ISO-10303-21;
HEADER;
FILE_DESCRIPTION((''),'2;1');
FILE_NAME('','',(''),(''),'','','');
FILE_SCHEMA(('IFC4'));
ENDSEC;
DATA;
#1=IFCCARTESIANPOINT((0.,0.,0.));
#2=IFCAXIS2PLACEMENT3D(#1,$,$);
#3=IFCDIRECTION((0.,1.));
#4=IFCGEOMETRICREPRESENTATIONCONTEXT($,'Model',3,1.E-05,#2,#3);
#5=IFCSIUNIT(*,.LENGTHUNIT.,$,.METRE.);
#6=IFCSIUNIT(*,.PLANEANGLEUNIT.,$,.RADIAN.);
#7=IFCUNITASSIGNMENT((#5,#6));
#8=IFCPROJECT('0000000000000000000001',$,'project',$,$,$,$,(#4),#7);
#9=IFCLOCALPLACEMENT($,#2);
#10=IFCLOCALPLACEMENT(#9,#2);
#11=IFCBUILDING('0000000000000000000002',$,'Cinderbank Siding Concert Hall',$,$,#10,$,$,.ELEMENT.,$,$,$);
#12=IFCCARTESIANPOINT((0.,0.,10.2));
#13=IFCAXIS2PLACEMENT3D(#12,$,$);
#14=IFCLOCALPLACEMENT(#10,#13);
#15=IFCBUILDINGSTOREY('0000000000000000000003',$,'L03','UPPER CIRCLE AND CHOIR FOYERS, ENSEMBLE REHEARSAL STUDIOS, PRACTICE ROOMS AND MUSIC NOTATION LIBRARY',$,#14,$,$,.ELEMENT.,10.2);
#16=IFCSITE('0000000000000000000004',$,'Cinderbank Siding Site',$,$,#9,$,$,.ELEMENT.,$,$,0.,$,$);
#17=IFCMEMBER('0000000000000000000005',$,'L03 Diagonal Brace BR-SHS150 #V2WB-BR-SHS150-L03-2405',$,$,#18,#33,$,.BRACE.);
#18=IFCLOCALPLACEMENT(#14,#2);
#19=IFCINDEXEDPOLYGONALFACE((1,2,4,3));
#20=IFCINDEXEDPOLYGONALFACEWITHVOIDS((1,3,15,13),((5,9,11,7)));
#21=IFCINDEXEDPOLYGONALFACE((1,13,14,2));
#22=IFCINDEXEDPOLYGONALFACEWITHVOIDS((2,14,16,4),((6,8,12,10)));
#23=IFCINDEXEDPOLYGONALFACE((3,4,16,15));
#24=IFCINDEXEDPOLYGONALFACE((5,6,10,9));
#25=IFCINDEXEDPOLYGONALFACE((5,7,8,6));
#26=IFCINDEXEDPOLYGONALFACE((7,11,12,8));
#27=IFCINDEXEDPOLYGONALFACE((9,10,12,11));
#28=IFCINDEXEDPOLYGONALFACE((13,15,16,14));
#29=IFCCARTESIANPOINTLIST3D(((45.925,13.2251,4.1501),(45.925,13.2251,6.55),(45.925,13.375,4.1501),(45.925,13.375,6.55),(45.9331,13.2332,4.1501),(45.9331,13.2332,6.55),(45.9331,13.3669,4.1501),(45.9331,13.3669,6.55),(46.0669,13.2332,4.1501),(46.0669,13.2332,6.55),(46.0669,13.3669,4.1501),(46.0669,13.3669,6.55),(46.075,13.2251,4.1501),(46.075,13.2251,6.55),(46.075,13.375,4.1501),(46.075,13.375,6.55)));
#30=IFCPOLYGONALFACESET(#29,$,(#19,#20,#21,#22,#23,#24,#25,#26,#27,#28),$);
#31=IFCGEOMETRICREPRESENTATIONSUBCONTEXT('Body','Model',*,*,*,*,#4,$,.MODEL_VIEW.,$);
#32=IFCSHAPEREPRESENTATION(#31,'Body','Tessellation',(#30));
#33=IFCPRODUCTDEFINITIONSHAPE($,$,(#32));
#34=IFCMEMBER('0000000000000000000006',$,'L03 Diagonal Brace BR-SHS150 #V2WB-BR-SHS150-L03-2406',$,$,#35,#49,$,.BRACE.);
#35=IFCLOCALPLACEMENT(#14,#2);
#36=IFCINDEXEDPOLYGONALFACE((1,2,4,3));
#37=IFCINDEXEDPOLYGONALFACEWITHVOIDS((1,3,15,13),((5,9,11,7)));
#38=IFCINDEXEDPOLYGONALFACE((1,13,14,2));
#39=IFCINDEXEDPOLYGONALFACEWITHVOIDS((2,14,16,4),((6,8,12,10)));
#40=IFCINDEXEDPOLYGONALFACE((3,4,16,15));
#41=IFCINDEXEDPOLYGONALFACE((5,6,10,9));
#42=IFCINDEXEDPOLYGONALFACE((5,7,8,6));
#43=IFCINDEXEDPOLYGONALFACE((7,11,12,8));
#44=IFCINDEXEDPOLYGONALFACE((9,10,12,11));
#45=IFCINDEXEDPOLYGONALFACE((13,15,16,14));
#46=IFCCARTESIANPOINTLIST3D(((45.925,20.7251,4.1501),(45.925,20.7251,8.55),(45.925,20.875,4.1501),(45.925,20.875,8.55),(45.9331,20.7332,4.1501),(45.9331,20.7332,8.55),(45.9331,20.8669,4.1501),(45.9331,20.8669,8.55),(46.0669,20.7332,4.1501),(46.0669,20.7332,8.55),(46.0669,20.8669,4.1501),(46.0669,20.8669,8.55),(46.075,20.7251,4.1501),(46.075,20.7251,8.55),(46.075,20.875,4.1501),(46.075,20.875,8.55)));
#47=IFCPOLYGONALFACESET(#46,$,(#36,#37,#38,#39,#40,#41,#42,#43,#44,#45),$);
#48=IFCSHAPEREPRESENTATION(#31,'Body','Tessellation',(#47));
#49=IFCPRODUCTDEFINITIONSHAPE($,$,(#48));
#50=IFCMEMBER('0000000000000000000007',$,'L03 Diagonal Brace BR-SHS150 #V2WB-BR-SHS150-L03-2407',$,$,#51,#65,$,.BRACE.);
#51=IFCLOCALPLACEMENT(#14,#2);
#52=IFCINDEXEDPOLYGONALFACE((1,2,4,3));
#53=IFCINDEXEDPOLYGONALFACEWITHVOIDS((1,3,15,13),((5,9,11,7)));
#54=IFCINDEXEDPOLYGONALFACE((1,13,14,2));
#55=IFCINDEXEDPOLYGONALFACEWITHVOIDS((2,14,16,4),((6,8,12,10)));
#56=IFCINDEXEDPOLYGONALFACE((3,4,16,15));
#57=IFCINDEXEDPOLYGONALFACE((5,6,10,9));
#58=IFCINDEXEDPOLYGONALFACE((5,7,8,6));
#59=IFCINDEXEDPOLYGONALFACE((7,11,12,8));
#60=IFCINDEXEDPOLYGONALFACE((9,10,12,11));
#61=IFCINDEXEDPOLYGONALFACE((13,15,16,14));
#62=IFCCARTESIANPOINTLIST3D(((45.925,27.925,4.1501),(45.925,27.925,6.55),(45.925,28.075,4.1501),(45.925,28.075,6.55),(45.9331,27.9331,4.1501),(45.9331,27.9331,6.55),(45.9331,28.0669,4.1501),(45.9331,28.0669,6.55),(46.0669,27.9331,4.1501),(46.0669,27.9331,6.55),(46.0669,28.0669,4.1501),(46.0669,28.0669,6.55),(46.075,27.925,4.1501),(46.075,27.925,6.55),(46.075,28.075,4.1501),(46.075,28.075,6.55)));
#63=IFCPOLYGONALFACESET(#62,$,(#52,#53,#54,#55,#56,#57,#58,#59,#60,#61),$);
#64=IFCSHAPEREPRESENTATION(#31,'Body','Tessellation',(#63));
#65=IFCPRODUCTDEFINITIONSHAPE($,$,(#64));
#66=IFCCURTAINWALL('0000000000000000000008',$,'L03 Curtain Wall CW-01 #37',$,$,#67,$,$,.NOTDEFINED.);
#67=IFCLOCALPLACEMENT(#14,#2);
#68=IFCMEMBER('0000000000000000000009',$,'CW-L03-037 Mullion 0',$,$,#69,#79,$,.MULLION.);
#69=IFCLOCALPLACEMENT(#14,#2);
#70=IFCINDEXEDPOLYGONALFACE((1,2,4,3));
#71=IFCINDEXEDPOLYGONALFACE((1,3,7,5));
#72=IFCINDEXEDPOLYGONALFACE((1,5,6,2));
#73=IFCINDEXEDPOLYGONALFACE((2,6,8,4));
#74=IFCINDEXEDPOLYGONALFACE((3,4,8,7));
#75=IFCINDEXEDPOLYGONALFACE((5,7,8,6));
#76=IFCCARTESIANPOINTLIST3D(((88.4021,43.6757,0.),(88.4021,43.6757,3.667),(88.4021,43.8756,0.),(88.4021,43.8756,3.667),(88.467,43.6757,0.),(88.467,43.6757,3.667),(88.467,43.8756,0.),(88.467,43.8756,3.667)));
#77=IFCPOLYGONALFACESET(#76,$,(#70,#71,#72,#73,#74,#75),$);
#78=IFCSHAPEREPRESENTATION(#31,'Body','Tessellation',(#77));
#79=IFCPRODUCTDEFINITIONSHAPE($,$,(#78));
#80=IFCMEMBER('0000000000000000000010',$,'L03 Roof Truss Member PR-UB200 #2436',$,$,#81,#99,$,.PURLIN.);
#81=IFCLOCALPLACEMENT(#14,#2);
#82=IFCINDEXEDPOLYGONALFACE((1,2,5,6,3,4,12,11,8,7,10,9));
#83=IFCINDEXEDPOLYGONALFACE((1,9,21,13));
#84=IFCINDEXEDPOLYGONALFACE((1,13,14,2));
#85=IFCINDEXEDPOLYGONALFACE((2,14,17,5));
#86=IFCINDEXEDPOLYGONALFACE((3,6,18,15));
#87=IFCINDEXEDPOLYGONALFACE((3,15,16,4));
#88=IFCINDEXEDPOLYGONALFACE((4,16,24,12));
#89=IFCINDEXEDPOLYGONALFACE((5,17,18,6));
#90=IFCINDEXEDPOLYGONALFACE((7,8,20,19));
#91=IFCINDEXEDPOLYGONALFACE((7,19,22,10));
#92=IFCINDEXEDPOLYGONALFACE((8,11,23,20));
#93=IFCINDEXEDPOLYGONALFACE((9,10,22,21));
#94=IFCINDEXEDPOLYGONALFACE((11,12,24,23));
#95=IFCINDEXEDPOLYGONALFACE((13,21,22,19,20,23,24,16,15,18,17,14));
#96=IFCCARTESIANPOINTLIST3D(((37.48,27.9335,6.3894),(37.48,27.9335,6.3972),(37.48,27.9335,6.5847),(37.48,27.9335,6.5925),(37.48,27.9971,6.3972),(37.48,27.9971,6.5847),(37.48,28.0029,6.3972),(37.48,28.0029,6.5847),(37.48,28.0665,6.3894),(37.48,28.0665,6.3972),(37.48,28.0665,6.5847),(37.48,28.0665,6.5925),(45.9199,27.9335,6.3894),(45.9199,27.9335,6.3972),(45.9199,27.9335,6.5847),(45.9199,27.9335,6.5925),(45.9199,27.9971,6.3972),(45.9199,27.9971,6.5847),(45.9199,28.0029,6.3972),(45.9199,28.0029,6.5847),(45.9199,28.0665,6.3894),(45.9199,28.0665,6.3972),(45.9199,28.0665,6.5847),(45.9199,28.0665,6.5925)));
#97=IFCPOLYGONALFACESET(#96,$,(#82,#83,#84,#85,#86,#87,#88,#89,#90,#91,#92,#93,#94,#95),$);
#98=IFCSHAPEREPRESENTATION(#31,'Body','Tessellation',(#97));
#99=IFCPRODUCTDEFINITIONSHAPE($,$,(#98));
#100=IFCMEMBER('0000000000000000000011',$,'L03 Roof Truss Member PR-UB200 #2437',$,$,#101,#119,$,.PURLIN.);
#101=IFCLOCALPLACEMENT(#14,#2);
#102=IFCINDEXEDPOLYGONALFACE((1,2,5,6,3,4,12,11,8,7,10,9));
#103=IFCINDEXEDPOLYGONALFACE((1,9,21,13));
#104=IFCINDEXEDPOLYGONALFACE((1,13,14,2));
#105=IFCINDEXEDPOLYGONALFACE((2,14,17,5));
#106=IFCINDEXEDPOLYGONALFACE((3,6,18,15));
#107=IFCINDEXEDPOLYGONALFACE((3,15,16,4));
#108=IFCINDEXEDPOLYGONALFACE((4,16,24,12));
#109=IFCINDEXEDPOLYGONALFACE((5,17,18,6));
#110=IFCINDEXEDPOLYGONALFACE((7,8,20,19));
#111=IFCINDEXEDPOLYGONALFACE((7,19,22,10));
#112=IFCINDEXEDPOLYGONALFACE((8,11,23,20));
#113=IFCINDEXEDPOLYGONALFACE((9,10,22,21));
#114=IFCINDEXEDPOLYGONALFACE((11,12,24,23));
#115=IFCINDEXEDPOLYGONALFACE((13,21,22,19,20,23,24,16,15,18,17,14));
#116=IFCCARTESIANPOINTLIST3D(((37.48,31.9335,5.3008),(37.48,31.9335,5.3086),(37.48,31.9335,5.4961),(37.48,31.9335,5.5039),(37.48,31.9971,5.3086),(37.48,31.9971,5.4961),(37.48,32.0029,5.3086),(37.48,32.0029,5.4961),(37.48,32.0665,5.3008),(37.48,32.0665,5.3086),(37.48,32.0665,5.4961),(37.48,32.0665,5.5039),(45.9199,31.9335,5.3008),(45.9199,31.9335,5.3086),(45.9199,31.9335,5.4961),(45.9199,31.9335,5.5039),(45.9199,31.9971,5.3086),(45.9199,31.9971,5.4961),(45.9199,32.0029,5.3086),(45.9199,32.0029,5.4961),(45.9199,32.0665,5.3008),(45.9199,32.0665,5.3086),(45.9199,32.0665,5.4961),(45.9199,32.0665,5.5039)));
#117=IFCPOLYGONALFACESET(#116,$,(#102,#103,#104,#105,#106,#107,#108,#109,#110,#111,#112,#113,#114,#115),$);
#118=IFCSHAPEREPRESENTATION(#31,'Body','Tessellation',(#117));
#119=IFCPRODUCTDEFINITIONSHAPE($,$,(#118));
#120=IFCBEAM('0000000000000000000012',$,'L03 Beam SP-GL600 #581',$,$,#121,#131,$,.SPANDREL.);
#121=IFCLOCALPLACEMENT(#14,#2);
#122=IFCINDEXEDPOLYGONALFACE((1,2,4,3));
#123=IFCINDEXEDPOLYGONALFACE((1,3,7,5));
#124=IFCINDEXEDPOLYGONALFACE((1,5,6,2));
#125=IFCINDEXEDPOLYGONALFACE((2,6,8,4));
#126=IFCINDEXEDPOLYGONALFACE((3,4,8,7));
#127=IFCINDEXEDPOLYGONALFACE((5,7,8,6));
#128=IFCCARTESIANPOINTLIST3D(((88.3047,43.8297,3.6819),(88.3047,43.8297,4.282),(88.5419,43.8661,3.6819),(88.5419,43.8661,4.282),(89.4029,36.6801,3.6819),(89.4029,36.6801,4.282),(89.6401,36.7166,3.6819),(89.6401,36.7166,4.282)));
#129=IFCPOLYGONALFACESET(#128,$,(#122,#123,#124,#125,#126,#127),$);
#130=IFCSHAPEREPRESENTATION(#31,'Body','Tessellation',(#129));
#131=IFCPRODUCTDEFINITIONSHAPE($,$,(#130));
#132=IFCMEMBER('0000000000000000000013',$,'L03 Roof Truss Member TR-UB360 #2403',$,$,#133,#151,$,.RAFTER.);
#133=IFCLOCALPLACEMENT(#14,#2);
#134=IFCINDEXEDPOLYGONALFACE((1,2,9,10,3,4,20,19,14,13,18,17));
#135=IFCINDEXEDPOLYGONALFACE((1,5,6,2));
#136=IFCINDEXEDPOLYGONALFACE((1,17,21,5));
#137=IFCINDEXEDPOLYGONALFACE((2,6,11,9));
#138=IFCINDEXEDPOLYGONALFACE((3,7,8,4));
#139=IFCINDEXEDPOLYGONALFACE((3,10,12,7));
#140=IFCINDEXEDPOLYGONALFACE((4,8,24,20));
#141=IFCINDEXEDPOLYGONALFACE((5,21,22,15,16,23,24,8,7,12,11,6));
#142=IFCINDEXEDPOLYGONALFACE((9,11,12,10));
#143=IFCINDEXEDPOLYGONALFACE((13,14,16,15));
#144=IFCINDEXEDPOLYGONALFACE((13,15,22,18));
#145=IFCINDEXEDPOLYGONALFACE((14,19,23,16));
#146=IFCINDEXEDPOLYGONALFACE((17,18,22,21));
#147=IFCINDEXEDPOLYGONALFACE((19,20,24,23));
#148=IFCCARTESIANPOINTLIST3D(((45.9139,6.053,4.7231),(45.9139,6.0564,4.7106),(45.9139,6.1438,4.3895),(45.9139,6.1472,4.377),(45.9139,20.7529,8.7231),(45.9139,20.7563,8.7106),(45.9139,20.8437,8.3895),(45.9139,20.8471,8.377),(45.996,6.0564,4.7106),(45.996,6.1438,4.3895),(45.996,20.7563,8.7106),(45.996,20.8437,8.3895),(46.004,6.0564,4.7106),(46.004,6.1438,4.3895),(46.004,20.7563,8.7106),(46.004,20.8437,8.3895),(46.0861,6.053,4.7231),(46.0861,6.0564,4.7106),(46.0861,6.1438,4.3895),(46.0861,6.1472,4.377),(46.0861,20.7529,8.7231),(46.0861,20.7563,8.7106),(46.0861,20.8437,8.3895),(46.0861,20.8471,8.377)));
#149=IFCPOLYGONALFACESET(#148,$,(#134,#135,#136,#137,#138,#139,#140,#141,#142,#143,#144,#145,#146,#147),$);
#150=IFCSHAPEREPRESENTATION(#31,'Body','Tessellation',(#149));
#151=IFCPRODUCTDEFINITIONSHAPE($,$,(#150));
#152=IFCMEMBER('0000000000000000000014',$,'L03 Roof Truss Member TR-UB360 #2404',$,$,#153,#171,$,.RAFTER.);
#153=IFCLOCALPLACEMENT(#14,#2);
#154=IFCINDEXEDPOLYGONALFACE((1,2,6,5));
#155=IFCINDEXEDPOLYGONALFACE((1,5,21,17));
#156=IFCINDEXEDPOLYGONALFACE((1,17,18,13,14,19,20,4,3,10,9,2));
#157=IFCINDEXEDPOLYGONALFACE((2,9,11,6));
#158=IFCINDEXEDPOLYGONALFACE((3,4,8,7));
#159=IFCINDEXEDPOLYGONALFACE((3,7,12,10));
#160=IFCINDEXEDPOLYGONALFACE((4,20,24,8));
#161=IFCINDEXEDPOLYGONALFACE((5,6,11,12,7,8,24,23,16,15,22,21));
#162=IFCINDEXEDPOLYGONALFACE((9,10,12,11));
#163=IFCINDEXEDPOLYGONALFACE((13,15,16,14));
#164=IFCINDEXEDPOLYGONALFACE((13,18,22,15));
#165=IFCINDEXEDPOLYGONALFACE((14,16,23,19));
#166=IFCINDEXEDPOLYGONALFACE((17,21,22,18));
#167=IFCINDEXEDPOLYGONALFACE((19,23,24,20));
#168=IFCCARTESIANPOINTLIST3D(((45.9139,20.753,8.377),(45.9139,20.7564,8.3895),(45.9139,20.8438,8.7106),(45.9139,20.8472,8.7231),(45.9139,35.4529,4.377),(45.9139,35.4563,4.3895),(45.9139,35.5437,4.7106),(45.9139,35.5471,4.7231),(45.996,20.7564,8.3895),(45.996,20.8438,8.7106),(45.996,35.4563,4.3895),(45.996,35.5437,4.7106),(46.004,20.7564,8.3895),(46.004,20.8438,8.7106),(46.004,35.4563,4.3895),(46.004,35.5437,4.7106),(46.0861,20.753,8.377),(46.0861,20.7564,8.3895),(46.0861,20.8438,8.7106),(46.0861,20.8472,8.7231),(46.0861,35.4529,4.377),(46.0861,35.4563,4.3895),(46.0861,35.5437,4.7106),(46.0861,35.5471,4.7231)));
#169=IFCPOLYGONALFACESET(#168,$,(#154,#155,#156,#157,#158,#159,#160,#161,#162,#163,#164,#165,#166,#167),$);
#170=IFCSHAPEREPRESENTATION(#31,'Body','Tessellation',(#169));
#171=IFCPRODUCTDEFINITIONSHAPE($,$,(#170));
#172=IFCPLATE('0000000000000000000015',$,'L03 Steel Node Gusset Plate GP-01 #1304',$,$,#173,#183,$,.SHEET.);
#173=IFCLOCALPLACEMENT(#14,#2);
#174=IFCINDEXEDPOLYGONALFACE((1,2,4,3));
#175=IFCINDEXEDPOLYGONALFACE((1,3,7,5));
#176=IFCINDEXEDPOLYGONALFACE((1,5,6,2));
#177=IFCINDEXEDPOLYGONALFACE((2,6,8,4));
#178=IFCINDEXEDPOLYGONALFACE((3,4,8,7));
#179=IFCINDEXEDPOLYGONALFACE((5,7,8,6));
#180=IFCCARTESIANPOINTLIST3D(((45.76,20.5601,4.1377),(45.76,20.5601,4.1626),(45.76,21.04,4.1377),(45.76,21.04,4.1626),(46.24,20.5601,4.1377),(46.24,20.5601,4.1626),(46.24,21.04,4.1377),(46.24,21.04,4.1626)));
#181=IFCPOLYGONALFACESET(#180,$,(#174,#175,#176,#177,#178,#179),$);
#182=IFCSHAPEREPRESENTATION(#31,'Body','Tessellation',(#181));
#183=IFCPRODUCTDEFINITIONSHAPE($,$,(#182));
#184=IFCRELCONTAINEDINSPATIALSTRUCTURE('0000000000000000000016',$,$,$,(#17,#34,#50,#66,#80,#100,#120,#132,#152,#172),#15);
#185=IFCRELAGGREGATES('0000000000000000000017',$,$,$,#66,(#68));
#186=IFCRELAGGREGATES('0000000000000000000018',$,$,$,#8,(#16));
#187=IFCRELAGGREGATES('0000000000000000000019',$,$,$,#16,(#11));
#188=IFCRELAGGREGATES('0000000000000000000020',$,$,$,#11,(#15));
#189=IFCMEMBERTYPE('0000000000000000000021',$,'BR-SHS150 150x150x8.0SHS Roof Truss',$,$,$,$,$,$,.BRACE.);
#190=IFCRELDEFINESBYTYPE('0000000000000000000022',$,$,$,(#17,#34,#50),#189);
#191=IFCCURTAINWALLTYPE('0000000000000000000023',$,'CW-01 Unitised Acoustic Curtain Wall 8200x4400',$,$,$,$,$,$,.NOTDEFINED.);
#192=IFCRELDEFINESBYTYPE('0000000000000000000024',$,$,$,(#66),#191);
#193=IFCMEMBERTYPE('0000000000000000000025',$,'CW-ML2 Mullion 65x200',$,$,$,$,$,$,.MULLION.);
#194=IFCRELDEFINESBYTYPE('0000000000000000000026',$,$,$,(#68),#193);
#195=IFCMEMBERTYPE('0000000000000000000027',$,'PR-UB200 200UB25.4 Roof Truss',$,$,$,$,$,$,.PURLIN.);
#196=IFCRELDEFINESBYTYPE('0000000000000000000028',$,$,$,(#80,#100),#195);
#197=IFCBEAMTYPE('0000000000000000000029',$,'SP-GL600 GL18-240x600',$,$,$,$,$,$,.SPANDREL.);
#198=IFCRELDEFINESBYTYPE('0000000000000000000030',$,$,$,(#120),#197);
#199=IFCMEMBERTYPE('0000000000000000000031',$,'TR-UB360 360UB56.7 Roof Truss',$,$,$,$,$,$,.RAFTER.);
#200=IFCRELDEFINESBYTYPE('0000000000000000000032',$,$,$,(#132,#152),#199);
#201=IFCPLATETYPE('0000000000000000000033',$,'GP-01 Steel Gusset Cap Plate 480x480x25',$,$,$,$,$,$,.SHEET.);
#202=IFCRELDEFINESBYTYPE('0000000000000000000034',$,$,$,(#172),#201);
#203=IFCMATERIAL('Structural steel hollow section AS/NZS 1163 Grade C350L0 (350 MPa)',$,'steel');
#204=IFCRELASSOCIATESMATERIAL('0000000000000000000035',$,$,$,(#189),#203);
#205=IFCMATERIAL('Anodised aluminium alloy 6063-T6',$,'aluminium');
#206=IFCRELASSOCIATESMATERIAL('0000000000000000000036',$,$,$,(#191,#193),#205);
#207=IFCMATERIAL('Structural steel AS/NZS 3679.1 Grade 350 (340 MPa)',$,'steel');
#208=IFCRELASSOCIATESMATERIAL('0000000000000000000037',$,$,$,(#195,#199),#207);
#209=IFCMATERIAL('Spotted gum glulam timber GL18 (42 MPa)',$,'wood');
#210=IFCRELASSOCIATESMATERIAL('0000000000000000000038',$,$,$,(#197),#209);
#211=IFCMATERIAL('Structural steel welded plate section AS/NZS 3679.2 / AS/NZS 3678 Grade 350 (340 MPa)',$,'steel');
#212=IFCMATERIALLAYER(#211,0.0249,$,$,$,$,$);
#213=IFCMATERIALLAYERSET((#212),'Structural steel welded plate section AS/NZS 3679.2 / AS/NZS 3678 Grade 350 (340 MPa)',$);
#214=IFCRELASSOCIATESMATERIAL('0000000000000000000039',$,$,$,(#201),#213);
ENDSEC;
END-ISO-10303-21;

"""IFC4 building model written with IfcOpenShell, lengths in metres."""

from ifc_helpers import new_model, si_unit, direction, frame, origin, origin_2d, place, context, subcontext, project, spatial, rectangle, hollow_rectangle, i_section, extrude, material, layer, layer_set, material_profile, profile_set, type_object, element, aggregate, save


model = new_model("IFC4")

# Units and contexts
model_context = context("Model", 3, precision=1e-05, world=origin(), true_north=direction((0.0, 1.0)))
body_context = subcontext(model_context, "Body", "Model", "MODEL_VIEW")
ifc_project = project(units=[si_unit("LENGTHUNIT", "METRE"), si_unit("PLANEANGLEUNIT", "RADIAN")], contexts=[model_context])

# Site, building, storey
site_placement = place(None, origin())
site = spatial("IfcSite", under=ifc_project, at=site_placement, Name="Cinderbank Siding Site", CompositionType="ELEMENT", RefElevation=0.0)
building_placement = place(site_placement, origin())
building = spatial("IfcBuilding", under=site, at=building_placement, Name="Cinderbank Siding Concert Hall", CompositionType="ELEMENT")
storey_placement = place(building_placement, frame((0.0, 0.0, 10.2)))
storey = spatial("IfcBuildingStorey", under=building, at=storey_placement, Name="L03", Description="UPPER CIRCLE AND CHOIR FOYERS, ENSEMBLE REHEARSAL STUDIOS, PRACTICE ROOMS AND MUSIC NOTATION LIBRARY", CompositionType="ELEMENT", Elevation=10.2)

# Shared definitions
ifc_material_1 = material(Name="Structural steel hollow section AS/NZS 1163 Grade C350L0 (350 MPa)", Category="steel")
ifc_material_2 = material(Name="Structural steel AS/NZS 3679.1 Grade 350 (340 MPa)", Category="steel")

# Shared definitions
ifc_material_3 = material(Name="Structural steel welded plate section AS/NZS 3679.2 / AS/NZS 3678 Grade 350 (340 MPa)", Category="steel")

# Members
ifc_material_profile_1 = material_profile(ifc_material_1, hollow_rectangle(XDim=0.1499, YDim=0.1499, WallThickness=0.0081, at=origin_2d()), Name="150x150x8.0SHS", Category="LoadBearing")
ifc_profile_set_1 = profile_set([ifc_material_profile_1], Name="Structural steel hollow section AS/NZS 1163 Grade C350L0 (350 MPa)")
member_type_1 = type_object("IfcMemberType", Name="BR-SHS150 150x150x8.0SHS Roof Truss", PredefinedType="BRACE", material=ifc_profile_set_1)
member_1_placement = place(storey_placement, frame((46.0, 13.3, 4.1501), z_axis=(0.0, 0.0, 1.0), x_axis=(1.0, 0.0, 0.0)))
element("IfcMember", 1, at=member_1_placement, inside=storey, type_object=member_type_1, Name="L03 Diagonal Brace BR-SHS150 #V2WB-BR-SHS150-L03-2405", PredefinedType="BRACE", context=body_context, shape_type="SweptSolid", body=[
    extrude(hollow_rectangle(XDim=0.1499, YDim=0.1499, WallThickness=0.0081, at=origin_2d()), origin(), (0.0, 0.0, 1.0), 2.3999),
])
member_2_placement = place(storey_placement, frame((46.0, 20.8, 4.1501), z_axis=(0.0, 0.0, 1.0), x_axis=(1.0, 0.0, 0.0)))
element("IfcMember", 2, at=member_2_placement, inside=storey, type_object=member_type_1, Name="L03 Diagonal Brace BR-SHS150 #V2WB-BR-SHS150-L03-2406", PredefinedType="BRACE", context=body_context, shape_type="SweptSolid", body=[
    extrude(hollow_rectangle(XDim=0.1499, YDim=0.1499, WallThickness=0.0081, at=origin_2d()), origin(), (0.0, 0.0, 1.0), 4.3999),
])
member_3_placement = place(storey_placement, frame((46.0, 28.0, 4.1501), z_axis=(0.0, 0.0, 1.0), x_axis=(1.0, 0.0, 0.0)))
element("IfcMember", 3, at=member_3_placement, inside=storey, type_object=member_type_1, Name="L03 Diagonal Brace BR-SHS150 #V2WB-BR-SHS150-L03-2407", PredefinedType="BRACE", context=body_context, shape_type="SweptSolid", body=[
    extrude(hollow_rectangle(XDim=0.1499, YDim=0.1499, WallThickness=0.0081, at=origin_2d()), origin(), (0.0, 0.0, 1.0), 2.3999),
])

# Curtain wall, member
ifc_material_4 = material(Name="Anodised aluminium alloy 6063-T6", Category="aluminium")
curtain_wall_type = type_object("IfcCurtainWallType", Name="CW-01 Unitised Acoustic Curtain Wall 8200x4400", PredefinedType="NOTDEFINED", material=ifc_material_4)
curtain_wall_placement = place(storey_placement, origin())
curtain_wall = element("IfcCurtainWall", 4, at=curtain_wall_placement, inside=storey, type_object=curtain_wall_type, Name="L03 Curtain Wall CW-01 #37", PredefinedType="NOTDEFINED")
ifc_material_profile_2 = material_profile(ifc_material_4, rectangle(XDim=0.0649, YDim=0.2, at=origin_2d()), Name="ALU-MULL-65x200", Category="LoadBearing")
ifc_profile_set_2 = profile_set([ifc_material_profile_2], Name="Anodised aluminium alloy 6063-T6")
member_type_2 = type_object("IfcMemberType", Name="CW-ML2 Mullion 65x200", PredefinedType="MULLION", material=ifc_profile_set_2)
member_4_placement = place(storey_placement, frame((88.4346, 43.7756, 0.0), z_axis=(0.0, 0.0, 1.0), x_axis=(1.0, 0.0, 0.0)))
member_4 = element("IfcMember", 5, at=member_4_placement, type_object=member_type_2, Name="CW-L03-037 Mullion 0", PredefinedType="MULLION", context=body_context, shape_type="SweptSolid", body=[
    extrude(rectangle(XDim=0.0649, YDim=0.2, at=origin_2d()), origin(), (0.0, 0.0, 1.0), 3.667),
])
aggregate(curtain_wall, [member_4])

# Members
ifc_material_profile_3 = material_profile(ifc_material_2, i_section(OverallWidth=0.1331, OverallDepth=0.2031, WebThickness=0.0059, FlangeThickness=0.0078, at=origin_2d()), Name="200UB25.4", Category="LoadBearing")
ifc_profile_set_3 = profile_set([ifc_material_profile_3], Name="Structural steel AS/NZS 3679.1 Grade 350 (340 MPa)")
member_type_3 = type_object("IfcMemberType", Name="PR-UB200 200UB25.4 Roof Truss", PredefinedType="PURLIN", material=ifc_profile_set_3)
for number, where, z_axis, x_axis, name in (
    (6, (37.48, 28.0, 6.491), (1.0, 0.0, 0.0), (0.0, 1.0, 0.0), "L03 Roof Truss Member PR-UB200 #2436"),
    (7, (37.48, 32.0, 5.4023), (1.0, 0.0, 0.0), (0.0, 1.0, 0.0), "L03 Roof Truss Member PR-UB200 #2437"),
):
    element("IfcMember", number, at=place(storey_placement, frame(where, z_axis=z_axis, x_axis=x_axis)), inside=storey, type_object=member_type_3, Name=name, PredefinedType="PURLIN", context=body_context, shape_type="SweptSolid", body=[
        extrude(i_section(OverallWidth=0.1331, OverallDepth=0.2031, WebThickness=0.0059, FlangeThickness=0.0078, at=origin_2d()), origin(), (0.0, 0.0, 1.0), 8.4399),
    ])

# Beam
ifc_material_5 = material(Name="Spotted gum glulam timber GL18 (42 MPa)", Category="wood")
ifc_material_profile_4 = material_profile(ifc_material_5, rectangle(XDim=0.24, YDim=0.6001, at=origin_2d()), Name="GL18-240x600", Category="LoadBearing")
ifc_profile_set_4 = profile_set([ifc_material_profile_4], Name="Spotted gum glulam timber GL18 (42 MPa)")
beam_type_1 = type_object("IfcBeamType", Name="SP-GL600 GL18-240x600", PredefinedType="SPANDREL", material=ifc_profile_set_4)
beam_1_placement = place(storey_placement, frame((88.4233, 43.8479, 3.9819), z_axis=(0.151814, -0.988409, 0.0), x_axis=(0.988409, 0.151814, 0.0)))
element("IfcBeam", 8, at=beam_1_placement, inside=storey, type_object=beam_type_1, Name="L03 Beam SP-GL600 #581", PredefinedType="SPANDREL", context=body_context, shape_type="SweptSolid", body=[
    extrude(rectangle(XDim=0.24, YDim=0.6001, at=origin_2d()), origin(), (0.0, 0.0, 1.0), 7.2334),
])

# Members
ifc_material_profile_5 = material_profile(ifc_material_2, i_section(OverallWidth=0.1721, OverallDepth=0.3586, WebThickness=0.0081, FlangeThickness=0.0129, at=origin_2d()), Name="360UB56.7", Category="LoadBearing")
ifc_profile_set_5 = profile_set([ifc_material_profile_5], Name="Structural steel AS/NZS 3679.1 Grade 350 (340 MPa)")
member_type_4 = type_object("IfcMemberType", Name="TR-UB360 360UB56.7 Roof Truss", PredefinedType="RAFTER", material=ifc_profile_set_5)
for number, where, z_axis, x_axis, name in (
    (9, (46.0, 6.1001, 4.55), (0.0, 0.964915, 0.262563), (-1.0, 0.0, 0.0), "L03 Roof Truss Member TR-UB360 #2403"),
    (10, (46.0, 35.5, 4.55), (0.0, -0.964915, 0.262563), (1.0, 0.0, 0.0), "L03 Roof Truss Member TR-UB360 #2404"),
):
    element("IfcMember", number, at=place(storey_placement, frame(where, z_axis=z_axis, x_axis=x_axis)), inside=storey, type_object=member_type_4, Name=name, PredefinedType="RAFTER", context=body_context, shape_type="SweptSolid", body=[
        extrude(i_section(OverallWidth=0.1721, OverallDepth=0.3586, WebThickness=0.0081, FlangeThickness=0.0129, at=origin_2d()), origin(), (0.0, 0.0, 1.0), 15.2344),
    ])

# Plate
ifc_layer_1 = layer(ifc_material_3, 0.0249)
ifc_layer_set_1 = layer_set([ifc_layer_1], Name="Structural steel welded plate section AS/NZS 3679.2 / AS/NZS 3678 Grade 350 (340 MPa)")
plate_type_1 = type_object("IfcPlateType", Name="GP-01 Steel Gusset Cap Plate 480x480x25", PredefinedType="SHEET", material=ifc_layer_set_1)
for number, where, z_axis, x_axis, name in (
    (11, (46.0, 20.8, 4.1377), (0.0, 0.0, 1.0), (1.0, 0.0, 0.0), "L03 Steel Node Gusset Plate GP-01 #1304"),
):
    element("IfcPlate", number, at=place(storey_placement, frame(where, z_axis=z_axis, x_axis=x_axis)), inside=storey, type_object=plate_type_1, Name=name, PredefinedType="SHEET", context=body_context, shape_type="SweptSolid", body=[
        extrude(rectangle(XDim=0.48, YDim=0.48, at=origin_2d()), origin(), (0.0, 0.0, 1.0), 0.0249),
    ])

save(model, "model.ifc")
